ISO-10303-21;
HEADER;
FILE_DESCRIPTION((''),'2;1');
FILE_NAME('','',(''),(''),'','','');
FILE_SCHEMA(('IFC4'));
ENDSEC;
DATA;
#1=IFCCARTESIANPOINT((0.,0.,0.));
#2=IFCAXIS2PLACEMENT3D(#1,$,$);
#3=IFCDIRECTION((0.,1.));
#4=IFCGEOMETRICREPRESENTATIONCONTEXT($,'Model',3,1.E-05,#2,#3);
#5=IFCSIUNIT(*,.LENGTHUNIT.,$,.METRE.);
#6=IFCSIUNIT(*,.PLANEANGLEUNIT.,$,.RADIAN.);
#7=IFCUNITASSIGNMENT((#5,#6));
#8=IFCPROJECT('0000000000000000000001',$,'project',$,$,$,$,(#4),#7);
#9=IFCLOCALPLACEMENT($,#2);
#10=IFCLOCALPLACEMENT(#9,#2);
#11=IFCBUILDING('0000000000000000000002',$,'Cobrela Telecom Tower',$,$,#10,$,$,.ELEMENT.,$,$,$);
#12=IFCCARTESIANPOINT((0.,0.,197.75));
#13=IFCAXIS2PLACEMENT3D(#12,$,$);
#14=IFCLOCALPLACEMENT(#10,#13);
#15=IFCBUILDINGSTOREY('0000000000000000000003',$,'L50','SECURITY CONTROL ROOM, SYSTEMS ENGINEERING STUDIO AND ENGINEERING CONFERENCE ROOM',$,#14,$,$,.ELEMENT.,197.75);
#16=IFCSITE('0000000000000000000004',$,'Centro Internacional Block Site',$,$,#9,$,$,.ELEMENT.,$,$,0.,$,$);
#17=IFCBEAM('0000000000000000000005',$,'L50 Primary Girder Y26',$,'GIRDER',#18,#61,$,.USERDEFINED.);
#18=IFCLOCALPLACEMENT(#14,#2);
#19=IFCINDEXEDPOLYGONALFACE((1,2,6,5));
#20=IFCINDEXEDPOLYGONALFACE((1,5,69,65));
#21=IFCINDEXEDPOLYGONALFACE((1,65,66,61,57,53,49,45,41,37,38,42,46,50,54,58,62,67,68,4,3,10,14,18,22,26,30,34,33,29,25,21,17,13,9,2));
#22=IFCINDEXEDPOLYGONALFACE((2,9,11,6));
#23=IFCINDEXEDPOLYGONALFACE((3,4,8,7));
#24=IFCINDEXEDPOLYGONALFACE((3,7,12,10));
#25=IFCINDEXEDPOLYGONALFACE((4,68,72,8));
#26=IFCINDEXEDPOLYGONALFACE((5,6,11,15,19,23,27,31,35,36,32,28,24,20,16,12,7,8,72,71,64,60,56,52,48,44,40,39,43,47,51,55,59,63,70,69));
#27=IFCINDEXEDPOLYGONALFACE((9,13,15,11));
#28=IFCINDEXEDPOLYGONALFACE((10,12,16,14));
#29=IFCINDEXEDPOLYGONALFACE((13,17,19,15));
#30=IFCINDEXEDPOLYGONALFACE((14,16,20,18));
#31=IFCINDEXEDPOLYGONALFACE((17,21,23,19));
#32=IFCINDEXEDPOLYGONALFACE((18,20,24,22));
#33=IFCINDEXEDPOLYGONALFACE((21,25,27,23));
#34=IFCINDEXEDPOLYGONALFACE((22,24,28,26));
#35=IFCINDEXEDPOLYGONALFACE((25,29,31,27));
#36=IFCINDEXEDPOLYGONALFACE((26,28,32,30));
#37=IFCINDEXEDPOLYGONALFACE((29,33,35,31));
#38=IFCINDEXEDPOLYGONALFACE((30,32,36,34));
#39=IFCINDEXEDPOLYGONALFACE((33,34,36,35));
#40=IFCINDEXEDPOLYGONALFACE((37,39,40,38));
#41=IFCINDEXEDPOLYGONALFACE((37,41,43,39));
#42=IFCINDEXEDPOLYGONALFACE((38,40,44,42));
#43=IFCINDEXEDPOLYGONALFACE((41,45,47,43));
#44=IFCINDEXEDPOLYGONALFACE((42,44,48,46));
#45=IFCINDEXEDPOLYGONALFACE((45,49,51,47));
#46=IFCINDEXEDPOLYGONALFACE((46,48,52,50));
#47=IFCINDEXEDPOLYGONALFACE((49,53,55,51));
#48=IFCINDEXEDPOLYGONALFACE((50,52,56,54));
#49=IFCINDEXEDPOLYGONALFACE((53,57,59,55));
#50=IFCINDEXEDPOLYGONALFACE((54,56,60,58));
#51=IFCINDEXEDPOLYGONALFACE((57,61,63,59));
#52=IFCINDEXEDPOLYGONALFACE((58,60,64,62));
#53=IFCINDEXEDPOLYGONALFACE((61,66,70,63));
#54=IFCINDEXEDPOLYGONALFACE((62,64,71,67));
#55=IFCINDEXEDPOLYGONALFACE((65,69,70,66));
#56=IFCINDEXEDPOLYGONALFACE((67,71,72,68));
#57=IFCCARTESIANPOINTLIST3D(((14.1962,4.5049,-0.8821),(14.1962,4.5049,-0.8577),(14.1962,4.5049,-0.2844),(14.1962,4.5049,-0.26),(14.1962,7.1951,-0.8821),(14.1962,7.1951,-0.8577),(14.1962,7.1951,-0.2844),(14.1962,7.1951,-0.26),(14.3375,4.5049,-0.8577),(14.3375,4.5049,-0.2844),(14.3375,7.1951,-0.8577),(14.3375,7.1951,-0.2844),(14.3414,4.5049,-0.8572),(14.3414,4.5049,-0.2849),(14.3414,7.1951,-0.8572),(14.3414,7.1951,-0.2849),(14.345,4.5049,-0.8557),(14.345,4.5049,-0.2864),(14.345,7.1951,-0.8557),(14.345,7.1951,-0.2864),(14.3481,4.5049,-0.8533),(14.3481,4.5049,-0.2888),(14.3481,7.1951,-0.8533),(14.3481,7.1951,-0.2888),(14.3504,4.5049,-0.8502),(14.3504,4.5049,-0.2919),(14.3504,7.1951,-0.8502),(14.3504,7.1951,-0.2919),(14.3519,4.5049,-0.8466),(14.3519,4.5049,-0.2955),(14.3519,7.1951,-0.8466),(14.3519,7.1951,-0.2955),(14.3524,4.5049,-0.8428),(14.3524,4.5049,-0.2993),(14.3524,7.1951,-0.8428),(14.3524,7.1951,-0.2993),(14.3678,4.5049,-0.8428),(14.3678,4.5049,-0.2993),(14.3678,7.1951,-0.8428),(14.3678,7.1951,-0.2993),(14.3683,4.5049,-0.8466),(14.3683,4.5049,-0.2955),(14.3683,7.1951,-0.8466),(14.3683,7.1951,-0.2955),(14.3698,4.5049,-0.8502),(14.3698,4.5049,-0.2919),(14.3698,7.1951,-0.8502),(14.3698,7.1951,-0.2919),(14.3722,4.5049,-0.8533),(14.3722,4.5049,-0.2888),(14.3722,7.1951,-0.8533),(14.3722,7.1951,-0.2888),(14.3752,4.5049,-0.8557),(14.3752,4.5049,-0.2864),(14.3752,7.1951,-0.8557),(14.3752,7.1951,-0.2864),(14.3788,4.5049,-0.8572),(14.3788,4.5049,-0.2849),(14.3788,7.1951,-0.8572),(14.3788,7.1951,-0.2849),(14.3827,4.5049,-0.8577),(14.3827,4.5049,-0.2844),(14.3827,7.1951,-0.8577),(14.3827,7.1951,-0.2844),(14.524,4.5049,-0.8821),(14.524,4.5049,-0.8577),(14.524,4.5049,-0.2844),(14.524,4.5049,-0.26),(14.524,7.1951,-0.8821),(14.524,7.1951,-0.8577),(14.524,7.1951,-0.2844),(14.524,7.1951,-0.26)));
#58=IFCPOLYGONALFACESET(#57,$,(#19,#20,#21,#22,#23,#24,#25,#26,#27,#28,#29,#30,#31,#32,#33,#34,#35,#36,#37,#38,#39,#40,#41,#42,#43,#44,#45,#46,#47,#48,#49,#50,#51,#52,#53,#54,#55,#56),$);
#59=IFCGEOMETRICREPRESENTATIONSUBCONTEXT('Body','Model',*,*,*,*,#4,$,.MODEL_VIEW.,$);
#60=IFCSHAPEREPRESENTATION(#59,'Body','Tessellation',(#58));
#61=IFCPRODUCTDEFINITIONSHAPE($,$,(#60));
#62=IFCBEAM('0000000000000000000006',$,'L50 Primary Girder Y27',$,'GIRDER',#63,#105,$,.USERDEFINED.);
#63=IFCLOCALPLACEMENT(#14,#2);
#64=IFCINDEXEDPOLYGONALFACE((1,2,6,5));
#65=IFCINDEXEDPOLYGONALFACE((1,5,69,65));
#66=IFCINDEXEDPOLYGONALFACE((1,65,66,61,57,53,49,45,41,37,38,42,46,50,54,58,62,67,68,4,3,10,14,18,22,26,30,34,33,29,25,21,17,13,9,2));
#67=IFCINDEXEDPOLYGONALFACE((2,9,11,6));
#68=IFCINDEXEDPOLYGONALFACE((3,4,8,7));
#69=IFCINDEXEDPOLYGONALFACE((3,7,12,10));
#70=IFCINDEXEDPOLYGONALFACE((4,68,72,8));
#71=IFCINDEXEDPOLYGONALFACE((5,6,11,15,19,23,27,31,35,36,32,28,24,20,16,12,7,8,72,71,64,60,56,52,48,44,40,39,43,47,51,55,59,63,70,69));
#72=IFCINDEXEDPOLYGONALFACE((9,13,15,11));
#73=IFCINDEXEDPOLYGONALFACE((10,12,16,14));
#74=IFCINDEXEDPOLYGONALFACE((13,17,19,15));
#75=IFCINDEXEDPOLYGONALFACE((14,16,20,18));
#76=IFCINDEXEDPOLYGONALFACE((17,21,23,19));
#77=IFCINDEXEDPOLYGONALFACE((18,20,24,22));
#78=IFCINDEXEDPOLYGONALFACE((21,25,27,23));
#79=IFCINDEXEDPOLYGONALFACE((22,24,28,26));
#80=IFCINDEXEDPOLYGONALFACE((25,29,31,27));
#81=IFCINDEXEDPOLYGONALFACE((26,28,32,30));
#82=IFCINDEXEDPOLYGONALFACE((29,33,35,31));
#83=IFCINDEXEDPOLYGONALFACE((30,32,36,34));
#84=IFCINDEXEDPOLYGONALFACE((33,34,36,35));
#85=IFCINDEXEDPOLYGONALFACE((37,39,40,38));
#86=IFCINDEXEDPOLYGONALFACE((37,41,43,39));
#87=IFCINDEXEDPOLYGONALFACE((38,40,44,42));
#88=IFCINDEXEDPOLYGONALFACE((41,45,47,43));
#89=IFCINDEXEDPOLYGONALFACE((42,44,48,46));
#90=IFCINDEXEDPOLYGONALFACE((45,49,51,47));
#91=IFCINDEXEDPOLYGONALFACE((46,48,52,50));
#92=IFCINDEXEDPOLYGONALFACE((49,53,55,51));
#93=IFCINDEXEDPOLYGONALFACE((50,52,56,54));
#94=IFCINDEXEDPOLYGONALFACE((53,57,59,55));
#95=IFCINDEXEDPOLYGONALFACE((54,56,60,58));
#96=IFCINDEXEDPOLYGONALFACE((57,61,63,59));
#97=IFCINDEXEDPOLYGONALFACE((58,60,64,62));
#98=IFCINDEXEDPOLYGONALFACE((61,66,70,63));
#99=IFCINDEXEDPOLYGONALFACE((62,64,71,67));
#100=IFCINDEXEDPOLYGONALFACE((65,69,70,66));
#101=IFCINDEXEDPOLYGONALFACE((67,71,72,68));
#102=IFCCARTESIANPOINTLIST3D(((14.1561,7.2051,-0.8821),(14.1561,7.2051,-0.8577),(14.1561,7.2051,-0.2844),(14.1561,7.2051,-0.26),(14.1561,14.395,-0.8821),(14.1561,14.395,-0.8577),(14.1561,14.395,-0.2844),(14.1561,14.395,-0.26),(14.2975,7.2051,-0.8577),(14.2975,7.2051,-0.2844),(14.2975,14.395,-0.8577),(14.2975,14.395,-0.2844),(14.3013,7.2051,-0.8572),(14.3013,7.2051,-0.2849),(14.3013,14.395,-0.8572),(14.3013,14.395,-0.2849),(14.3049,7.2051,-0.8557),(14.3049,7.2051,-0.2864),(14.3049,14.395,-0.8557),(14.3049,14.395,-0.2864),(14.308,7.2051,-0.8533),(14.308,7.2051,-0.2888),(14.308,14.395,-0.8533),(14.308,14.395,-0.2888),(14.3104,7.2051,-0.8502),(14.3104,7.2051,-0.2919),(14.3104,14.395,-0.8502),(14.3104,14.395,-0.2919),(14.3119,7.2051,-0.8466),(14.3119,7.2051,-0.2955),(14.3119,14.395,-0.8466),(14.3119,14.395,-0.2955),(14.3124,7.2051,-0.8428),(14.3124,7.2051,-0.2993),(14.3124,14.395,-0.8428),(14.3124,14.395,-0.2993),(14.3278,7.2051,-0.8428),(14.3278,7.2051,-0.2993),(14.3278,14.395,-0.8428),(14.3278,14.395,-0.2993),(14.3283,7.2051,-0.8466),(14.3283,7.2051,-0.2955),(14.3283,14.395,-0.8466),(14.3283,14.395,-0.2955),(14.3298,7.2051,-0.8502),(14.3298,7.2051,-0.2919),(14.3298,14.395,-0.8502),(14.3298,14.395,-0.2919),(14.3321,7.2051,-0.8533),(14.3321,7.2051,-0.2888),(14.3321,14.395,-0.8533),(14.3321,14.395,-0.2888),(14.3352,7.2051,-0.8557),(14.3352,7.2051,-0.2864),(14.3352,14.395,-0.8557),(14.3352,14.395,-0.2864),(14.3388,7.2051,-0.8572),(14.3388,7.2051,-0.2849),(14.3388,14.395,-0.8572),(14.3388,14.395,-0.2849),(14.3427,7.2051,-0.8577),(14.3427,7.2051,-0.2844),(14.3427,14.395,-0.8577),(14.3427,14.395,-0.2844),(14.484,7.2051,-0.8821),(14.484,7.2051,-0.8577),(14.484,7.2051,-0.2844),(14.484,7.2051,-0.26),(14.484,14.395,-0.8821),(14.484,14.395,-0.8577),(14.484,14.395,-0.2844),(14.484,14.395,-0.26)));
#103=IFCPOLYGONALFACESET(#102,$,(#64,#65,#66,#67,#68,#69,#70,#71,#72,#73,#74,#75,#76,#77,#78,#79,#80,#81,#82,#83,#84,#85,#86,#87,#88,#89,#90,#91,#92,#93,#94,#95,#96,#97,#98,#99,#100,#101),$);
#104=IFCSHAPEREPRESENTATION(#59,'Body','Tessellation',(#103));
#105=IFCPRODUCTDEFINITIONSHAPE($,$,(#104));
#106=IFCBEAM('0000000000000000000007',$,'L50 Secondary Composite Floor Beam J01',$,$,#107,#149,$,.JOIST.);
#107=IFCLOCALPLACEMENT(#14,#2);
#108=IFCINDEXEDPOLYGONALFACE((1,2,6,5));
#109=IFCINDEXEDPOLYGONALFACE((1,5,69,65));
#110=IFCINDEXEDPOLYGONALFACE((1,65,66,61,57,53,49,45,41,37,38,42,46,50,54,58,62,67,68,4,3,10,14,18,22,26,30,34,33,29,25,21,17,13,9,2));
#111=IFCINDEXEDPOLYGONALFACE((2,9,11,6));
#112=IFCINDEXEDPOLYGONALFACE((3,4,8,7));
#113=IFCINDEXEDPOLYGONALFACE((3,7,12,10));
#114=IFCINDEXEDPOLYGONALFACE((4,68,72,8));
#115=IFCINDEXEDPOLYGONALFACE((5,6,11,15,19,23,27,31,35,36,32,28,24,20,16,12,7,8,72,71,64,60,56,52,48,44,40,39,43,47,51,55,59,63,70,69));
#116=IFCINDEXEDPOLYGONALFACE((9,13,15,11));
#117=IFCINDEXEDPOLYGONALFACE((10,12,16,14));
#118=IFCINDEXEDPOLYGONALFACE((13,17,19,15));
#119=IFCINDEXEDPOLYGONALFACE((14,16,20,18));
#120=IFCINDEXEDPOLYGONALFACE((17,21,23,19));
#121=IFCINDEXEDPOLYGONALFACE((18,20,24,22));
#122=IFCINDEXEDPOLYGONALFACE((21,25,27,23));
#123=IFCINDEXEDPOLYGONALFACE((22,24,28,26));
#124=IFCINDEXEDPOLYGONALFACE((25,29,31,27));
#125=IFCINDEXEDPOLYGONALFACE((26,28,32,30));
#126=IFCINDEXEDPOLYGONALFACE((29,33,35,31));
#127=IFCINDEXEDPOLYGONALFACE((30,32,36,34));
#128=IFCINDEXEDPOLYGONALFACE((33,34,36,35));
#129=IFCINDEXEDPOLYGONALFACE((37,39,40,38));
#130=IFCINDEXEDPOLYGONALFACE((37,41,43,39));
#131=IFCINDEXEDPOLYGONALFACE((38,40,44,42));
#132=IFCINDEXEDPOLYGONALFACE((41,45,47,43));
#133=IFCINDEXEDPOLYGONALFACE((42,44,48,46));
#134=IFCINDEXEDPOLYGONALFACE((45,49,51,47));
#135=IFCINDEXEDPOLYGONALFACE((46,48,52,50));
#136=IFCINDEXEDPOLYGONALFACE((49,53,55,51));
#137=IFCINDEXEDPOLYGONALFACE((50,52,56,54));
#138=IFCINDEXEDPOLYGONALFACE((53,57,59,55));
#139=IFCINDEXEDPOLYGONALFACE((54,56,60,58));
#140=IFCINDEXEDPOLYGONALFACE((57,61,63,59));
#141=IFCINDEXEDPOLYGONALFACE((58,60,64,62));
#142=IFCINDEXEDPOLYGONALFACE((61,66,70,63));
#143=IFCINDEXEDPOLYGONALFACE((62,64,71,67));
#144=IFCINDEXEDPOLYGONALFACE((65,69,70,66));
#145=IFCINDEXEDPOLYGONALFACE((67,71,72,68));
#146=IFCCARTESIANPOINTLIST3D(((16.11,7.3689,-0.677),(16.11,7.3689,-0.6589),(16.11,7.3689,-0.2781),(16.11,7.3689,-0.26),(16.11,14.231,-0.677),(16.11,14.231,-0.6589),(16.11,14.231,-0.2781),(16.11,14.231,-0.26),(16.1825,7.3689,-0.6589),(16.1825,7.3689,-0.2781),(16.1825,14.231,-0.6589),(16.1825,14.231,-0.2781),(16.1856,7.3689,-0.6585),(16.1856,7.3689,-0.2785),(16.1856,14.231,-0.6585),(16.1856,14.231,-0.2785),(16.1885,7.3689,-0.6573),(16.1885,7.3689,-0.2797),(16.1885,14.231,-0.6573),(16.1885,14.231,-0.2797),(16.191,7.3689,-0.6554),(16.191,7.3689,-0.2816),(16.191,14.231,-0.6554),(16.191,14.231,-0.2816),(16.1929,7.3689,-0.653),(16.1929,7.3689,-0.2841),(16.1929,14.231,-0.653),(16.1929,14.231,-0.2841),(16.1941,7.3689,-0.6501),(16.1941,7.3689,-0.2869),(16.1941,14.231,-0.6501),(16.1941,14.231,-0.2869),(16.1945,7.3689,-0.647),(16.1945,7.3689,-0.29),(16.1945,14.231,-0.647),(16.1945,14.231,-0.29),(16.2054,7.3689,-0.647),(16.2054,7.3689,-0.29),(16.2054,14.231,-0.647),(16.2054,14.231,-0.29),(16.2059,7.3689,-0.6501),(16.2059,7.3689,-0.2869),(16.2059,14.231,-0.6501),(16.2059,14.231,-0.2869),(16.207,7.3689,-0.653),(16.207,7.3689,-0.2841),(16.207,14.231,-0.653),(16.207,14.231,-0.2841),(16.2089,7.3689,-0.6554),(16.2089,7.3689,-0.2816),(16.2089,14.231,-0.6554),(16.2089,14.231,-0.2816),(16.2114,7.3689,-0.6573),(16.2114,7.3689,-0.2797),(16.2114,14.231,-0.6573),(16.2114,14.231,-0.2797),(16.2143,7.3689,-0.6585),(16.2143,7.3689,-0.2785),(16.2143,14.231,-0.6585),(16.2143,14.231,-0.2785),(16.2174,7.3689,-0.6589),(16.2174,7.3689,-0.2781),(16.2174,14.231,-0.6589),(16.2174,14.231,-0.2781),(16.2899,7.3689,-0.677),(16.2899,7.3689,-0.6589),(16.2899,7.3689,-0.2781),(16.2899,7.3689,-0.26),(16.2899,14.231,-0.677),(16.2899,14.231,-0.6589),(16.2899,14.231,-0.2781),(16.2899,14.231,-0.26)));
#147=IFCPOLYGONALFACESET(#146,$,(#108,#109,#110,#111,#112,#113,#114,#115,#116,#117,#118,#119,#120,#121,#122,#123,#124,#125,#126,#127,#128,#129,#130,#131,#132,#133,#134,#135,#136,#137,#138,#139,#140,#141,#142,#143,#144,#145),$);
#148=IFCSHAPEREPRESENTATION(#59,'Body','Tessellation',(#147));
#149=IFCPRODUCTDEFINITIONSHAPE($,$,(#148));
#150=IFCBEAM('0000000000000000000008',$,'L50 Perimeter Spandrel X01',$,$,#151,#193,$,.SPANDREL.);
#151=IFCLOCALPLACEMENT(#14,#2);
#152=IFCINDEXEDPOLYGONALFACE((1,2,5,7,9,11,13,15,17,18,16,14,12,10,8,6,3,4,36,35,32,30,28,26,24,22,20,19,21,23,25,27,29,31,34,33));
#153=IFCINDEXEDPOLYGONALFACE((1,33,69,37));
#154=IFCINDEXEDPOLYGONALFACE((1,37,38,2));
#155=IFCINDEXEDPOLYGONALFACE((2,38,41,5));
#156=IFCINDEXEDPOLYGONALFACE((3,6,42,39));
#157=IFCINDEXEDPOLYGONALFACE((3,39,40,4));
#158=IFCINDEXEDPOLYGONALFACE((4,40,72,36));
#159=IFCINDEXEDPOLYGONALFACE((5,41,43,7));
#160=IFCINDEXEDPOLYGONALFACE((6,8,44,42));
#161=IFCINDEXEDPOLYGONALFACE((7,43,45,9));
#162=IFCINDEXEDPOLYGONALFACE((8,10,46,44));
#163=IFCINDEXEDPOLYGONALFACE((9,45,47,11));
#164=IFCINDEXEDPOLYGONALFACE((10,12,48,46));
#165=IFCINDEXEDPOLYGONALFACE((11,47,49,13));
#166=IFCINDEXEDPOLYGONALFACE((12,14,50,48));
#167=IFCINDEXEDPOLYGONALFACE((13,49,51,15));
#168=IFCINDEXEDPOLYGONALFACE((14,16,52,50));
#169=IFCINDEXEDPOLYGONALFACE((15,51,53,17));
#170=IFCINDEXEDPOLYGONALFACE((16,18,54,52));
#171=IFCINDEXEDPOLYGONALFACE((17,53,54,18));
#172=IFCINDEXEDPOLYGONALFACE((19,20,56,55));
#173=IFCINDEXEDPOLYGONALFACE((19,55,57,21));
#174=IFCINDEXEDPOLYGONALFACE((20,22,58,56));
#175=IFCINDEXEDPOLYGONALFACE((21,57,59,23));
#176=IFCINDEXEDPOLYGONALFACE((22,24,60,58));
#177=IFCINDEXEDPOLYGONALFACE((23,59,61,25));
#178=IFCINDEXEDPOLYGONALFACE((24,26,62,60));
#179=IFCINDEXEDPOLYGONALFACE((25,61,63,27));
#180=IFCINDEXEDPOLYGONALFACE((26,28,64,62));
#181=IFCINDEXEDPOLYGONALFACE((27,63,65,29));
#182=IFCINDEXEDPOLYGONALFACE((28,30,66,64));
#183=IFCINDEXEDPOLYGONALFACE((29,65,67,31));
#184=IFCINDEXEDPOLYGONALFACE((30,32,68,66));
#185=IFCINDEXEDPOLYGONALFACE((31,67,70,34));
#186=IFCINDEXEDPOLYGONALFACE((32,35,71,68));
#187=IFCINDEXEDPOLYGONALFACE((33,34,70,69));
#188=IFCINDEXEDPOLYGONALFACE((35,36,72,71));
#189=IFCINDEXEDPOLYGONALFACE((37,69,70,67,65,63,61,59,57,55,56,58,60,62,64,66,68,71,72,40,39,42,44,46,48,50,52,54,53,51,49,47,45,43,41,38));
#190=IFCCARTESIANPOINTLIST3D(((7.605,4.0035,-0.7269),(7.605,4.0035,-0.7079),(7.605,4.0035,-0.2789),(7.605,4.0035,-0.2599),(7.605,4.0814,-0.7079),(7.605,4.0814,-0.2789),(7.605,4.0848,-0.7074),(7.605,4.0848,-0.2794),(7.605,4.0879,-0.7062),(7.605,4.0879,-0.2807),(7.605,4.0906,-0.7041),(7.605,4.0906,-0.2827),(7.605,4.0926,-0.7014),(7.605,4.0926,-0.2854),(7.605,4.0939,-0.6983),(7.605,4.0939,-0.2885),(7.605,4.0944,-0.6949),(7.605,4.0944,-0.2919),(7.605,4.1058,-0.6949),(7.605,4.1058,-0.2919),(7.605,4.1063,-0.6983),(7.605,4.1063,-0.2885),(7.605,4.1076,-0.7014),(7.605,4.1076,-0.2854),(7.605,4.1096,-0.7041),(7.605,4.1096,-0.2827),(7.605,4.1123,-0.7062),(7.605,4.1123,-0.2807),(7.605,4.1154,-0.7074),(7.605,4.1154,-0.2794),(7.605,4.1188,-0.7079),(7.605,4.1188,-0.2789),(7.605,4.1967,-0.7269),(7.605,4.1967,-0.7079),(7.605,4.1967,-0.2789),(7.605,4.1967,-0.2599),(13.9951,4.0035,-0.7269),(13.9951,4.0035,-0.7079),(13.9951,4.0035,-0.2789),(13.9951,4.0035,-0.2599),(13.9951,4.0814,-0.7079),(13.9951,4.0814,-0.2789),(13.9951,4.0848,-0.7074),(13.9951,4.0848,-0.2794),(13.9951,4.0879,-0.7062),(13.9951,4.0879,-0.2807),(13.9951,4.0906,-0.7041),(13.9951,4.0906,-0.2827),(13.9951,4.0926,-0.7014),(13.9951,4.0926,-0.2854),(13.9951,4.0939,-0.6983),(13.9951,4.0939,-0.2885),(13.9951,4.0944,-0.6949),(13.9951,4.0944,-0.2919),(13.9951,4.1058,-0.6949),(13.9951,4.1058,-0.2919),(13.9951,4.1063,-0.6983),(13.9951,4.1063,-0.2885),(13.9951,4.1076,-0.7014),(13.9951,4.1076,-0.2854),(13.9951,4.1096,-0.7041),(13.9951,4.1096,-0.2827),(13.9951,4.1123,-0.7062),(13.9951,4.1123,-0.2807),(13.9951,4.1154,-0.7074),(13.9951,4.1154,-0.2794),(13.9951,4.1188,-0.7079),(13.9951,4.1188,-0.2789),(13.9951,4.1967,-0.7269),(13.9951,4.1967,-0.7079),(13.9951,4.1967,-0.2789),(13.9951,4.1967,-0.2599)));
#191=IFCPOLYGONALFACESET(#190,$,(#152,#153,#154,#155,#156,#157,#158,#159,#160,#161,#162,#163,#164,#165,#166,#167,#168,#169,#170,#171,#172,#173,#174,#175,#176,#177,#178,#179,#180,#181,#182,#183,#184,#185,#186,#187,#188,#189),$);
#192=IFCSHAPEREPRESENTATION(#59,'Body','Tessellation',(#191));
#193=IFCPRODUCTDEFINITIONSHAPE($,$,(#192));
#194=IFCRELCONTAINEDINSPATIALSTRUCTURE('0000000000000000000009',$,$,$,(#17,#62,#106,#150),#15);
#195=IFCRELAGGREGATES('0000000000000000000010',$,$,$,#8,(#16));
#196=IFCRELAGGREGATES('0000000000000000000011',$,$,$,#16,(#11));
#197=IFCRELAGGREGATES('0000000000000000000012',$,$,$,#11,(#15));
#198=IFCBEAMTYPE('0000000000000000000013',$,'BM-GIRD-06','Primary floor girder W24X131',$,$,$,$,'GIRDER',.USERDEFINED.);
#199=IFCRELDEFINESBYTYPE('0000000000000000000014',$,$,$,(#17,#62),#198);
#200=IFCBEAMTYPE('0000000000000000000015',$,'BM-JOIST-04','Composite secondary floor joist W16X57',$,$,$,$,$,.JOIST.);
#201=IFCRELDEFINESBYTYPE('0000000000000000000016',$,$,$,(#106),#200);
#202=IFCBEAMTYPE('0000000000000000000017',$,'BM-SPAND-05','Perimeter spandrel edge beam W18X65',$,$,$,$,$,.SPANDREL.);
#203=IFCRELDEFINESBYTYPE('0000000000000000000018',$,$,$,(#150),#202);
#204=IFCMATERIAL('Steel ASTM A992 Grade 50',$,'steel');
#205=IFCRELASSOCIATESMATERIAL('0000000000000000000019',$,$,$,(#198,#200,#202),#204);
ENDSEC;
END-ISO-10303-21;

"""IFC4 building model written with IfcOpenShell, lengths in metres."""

from ifc_helpers import new_model, si_unit, direction, frame, origin, origin_2d, place, context, subcontext, project, spatial, i_section, extrude, material, material_profile, profile_set, type_object, element, save


model = new_model("IFC4")

# Units and contexts
model_context = context("Model", 3, precision=1e-05, world=origin(), true_north=direction((0.0, 1.0)))
body_context = subcontext(model_context, "Body", "Model", "MODEL_VIEW")
ifc_project = project(units=[si_unit("LENGTHUNIT", "METRE"), si_unit("PLANEANGLEUNIT", "RADIAN")], contexts=[model_context])

# Site, building, storey
site_placement = place(None, origin())
site = spatial("IfcSite", under=ifc_project, at=site_placement, Name="Centro Internacional Block Site", CompositionType="ELEMENT", RefElevation=0.0)
building_placement = place(site_placement, origin())
building = spatial("IfcBuilding", under=site, at=building_placement, Name="Cobrela Telecom Tower", CompositionType="ELEMENT")
storey_placement = place(building_placement, frame((0.0, 0.0, 197.75)))
storey = spatial("IfcBuildingStorey", under=building, at=storey_placement, Name="L50", Description="SECURITY CONTROL ROOM, SYSTEMS ENGINEERING STUDIO AND ENGINEERING CONFERENCE ROOM", CompositionType="ELEMENT", Elevation=197.75)

# Beams
ifc_material_1 = material(Name="Steel ASTM A992 Grade 50", Category="steel")
ifc_material_profile_1 = material_profile(ifc_material_1, i_section(OverallWidth=0.3279, OverallDepth=0.6221, WebThickness=0.0154, FlangeThickness=0.0244, FilletRadius=0.0149, at=origin_2d()), Name="W24X131")
ifc_profile_set_1 = profile_set([ifc_material_profile_1], Name="Steel ASTM A992 Grade 50")
beam_type_1 = type_object("IfcBeamType", Name="BM-GIRD-06", Description="Primary floor girder W24X131", ElementType="GIRDER", PredefinedType="USERDEFINED", material=ifc_profile_set_1)
beam_1_placement = place(storey_placement, frame((14.3601, 4.5049, -0.571), z_axis=(0.0, 1.0, 0.0), x_axis=(-1.0, 0.0, 0.0)))
element("IfcBeam", 1, at=beam_1_placement, inside=storey, type_object=beam_type_1, Name="L50 Primary Girder Y26", ObjectType="GIRDER", PredefinedType="USERDEFINED", context=body_context, shape_type="SweptSolid", body=[
    extrude(i_section(OverallWidth=0.3279, OverallDepth=0.6221, WebThickness=0.0154, FlangeThickness=0.0244, FilletRadius=0.0149, at=origin_2d()), origin(), (0.0, 0.0, 1.0), 2.6902),
])
beam_2_placement = place(storey_placement, frame((14.3201, 7.2051, -0.571), z_axis=(0.0, 1.0, 0.0), x_axis=(-1.0, 0.0, 0.0)))
element("IfcBeam", 2, at=beam_2_placement, inside=storey, type_object=beam_type_1, Name="L50 Primary Girder Y27", ObjectType="GIRDER", PredefinedType="USERDEFINED", context=body_context, shape_type="SweptSolid", body=[
    extrude(i_section(OverallWidth=0.3279, OverallDepth=0.6221, WebThickness=0.0154, FlangeThickness=0.0244, FilletRadius=0.0149, at=origin_2d()), origin(), (0.0, 0.0, 1.0), 7.1899),
])
ifc_material_profile_2 = material_profile(ifc_material_1, i_section(OverallWidth=0.1799, OverallDepth=0.417, WebThickness=0.011, FlangeThickness=0.0181, FilletRadius=0.012, at=origin_2d()), Name="W16X57")
ifc_profile_set_2 = profile_set([ifc_material_profile_2], Name="Steel ASTM A992 Grade 50")
beam_type_2 = type_object("IfcBeamType", Name="BM-JOIST-04", Description="Composite secondary floor joist W16X57", PredefinedType="JOIST", material=ifc_profile_set_2)
beam_3_placement = place(storey_placement, frame((16.2, 7.3689, -0.4685), z_axis=(0.0, 1.0, 0.0), x_axis=(-1.0, 0.0, 0.0)))
element("IfcBeam", 3, at=beam_3_placement, inside=storey, type_object=beam_type_2, Name="L50 Secondary Composite Floor Beam J01", PredefinedType="JOIST", context=body_context, shape_type="SweptSolid", body=[
    extrude(i_section(OverallWidth=0.1799, OverallDepth=0.417, WebThickness=0.011, FlangeThickness=0.0181, FilletRadius=0.012, at=origin_2d()), origin(), (0.0, 0.0, 1.0), 6.8621),
])
ifc_material_profile_3 = material_profile(ifc_material_1, i_section(OverallWidth=0.1931, OverallDepth=0.467, WebThickness=0.0115, FlangeThickness=0.019, FilletRadius=0.0129, at=origin_2d()), Name="W18X65")
ifc_profile_set_3 = profile_set([ifc_material_profile_3], Name="Steel ASTM A992 Grade 50")
beam_type_3 = type_object("IfcBeamType", Name="BM-SPAND-05", Description="Perimeter spandrel edge beam W18X65", PredefinedType="SPANDREL", material=ifc_profile_set_3)
for number, where, z_axis, x_axis, name in (
    (4, (7.605, 4.1001, -0.4934), (1.0, 0.0, 0.0), (0.0, 1.0, 0.0), "L50 Perimeter Spandrel X01"),
):
    element("IfcBeam", number, at=place(storey_placement, frame(where, z_axis=z_axis, x_axis=x_axis)), inside=storey, type_object=beam_type_3, Name=name, PredefinedType="SPANDREL", context=body_context, shape_type="SweptSolid", body=[
        extrude(i_section(OverallWidth=0.1931, OverallDepth=0.467, WebThickness=0.0115, FlangeThickness=0.019, FilletRadius=0.0129, at=origin_2d()), origin(), (0.0, 0.0, 1.0), 6.3901),
    ])

save(model, "model.ifc")
